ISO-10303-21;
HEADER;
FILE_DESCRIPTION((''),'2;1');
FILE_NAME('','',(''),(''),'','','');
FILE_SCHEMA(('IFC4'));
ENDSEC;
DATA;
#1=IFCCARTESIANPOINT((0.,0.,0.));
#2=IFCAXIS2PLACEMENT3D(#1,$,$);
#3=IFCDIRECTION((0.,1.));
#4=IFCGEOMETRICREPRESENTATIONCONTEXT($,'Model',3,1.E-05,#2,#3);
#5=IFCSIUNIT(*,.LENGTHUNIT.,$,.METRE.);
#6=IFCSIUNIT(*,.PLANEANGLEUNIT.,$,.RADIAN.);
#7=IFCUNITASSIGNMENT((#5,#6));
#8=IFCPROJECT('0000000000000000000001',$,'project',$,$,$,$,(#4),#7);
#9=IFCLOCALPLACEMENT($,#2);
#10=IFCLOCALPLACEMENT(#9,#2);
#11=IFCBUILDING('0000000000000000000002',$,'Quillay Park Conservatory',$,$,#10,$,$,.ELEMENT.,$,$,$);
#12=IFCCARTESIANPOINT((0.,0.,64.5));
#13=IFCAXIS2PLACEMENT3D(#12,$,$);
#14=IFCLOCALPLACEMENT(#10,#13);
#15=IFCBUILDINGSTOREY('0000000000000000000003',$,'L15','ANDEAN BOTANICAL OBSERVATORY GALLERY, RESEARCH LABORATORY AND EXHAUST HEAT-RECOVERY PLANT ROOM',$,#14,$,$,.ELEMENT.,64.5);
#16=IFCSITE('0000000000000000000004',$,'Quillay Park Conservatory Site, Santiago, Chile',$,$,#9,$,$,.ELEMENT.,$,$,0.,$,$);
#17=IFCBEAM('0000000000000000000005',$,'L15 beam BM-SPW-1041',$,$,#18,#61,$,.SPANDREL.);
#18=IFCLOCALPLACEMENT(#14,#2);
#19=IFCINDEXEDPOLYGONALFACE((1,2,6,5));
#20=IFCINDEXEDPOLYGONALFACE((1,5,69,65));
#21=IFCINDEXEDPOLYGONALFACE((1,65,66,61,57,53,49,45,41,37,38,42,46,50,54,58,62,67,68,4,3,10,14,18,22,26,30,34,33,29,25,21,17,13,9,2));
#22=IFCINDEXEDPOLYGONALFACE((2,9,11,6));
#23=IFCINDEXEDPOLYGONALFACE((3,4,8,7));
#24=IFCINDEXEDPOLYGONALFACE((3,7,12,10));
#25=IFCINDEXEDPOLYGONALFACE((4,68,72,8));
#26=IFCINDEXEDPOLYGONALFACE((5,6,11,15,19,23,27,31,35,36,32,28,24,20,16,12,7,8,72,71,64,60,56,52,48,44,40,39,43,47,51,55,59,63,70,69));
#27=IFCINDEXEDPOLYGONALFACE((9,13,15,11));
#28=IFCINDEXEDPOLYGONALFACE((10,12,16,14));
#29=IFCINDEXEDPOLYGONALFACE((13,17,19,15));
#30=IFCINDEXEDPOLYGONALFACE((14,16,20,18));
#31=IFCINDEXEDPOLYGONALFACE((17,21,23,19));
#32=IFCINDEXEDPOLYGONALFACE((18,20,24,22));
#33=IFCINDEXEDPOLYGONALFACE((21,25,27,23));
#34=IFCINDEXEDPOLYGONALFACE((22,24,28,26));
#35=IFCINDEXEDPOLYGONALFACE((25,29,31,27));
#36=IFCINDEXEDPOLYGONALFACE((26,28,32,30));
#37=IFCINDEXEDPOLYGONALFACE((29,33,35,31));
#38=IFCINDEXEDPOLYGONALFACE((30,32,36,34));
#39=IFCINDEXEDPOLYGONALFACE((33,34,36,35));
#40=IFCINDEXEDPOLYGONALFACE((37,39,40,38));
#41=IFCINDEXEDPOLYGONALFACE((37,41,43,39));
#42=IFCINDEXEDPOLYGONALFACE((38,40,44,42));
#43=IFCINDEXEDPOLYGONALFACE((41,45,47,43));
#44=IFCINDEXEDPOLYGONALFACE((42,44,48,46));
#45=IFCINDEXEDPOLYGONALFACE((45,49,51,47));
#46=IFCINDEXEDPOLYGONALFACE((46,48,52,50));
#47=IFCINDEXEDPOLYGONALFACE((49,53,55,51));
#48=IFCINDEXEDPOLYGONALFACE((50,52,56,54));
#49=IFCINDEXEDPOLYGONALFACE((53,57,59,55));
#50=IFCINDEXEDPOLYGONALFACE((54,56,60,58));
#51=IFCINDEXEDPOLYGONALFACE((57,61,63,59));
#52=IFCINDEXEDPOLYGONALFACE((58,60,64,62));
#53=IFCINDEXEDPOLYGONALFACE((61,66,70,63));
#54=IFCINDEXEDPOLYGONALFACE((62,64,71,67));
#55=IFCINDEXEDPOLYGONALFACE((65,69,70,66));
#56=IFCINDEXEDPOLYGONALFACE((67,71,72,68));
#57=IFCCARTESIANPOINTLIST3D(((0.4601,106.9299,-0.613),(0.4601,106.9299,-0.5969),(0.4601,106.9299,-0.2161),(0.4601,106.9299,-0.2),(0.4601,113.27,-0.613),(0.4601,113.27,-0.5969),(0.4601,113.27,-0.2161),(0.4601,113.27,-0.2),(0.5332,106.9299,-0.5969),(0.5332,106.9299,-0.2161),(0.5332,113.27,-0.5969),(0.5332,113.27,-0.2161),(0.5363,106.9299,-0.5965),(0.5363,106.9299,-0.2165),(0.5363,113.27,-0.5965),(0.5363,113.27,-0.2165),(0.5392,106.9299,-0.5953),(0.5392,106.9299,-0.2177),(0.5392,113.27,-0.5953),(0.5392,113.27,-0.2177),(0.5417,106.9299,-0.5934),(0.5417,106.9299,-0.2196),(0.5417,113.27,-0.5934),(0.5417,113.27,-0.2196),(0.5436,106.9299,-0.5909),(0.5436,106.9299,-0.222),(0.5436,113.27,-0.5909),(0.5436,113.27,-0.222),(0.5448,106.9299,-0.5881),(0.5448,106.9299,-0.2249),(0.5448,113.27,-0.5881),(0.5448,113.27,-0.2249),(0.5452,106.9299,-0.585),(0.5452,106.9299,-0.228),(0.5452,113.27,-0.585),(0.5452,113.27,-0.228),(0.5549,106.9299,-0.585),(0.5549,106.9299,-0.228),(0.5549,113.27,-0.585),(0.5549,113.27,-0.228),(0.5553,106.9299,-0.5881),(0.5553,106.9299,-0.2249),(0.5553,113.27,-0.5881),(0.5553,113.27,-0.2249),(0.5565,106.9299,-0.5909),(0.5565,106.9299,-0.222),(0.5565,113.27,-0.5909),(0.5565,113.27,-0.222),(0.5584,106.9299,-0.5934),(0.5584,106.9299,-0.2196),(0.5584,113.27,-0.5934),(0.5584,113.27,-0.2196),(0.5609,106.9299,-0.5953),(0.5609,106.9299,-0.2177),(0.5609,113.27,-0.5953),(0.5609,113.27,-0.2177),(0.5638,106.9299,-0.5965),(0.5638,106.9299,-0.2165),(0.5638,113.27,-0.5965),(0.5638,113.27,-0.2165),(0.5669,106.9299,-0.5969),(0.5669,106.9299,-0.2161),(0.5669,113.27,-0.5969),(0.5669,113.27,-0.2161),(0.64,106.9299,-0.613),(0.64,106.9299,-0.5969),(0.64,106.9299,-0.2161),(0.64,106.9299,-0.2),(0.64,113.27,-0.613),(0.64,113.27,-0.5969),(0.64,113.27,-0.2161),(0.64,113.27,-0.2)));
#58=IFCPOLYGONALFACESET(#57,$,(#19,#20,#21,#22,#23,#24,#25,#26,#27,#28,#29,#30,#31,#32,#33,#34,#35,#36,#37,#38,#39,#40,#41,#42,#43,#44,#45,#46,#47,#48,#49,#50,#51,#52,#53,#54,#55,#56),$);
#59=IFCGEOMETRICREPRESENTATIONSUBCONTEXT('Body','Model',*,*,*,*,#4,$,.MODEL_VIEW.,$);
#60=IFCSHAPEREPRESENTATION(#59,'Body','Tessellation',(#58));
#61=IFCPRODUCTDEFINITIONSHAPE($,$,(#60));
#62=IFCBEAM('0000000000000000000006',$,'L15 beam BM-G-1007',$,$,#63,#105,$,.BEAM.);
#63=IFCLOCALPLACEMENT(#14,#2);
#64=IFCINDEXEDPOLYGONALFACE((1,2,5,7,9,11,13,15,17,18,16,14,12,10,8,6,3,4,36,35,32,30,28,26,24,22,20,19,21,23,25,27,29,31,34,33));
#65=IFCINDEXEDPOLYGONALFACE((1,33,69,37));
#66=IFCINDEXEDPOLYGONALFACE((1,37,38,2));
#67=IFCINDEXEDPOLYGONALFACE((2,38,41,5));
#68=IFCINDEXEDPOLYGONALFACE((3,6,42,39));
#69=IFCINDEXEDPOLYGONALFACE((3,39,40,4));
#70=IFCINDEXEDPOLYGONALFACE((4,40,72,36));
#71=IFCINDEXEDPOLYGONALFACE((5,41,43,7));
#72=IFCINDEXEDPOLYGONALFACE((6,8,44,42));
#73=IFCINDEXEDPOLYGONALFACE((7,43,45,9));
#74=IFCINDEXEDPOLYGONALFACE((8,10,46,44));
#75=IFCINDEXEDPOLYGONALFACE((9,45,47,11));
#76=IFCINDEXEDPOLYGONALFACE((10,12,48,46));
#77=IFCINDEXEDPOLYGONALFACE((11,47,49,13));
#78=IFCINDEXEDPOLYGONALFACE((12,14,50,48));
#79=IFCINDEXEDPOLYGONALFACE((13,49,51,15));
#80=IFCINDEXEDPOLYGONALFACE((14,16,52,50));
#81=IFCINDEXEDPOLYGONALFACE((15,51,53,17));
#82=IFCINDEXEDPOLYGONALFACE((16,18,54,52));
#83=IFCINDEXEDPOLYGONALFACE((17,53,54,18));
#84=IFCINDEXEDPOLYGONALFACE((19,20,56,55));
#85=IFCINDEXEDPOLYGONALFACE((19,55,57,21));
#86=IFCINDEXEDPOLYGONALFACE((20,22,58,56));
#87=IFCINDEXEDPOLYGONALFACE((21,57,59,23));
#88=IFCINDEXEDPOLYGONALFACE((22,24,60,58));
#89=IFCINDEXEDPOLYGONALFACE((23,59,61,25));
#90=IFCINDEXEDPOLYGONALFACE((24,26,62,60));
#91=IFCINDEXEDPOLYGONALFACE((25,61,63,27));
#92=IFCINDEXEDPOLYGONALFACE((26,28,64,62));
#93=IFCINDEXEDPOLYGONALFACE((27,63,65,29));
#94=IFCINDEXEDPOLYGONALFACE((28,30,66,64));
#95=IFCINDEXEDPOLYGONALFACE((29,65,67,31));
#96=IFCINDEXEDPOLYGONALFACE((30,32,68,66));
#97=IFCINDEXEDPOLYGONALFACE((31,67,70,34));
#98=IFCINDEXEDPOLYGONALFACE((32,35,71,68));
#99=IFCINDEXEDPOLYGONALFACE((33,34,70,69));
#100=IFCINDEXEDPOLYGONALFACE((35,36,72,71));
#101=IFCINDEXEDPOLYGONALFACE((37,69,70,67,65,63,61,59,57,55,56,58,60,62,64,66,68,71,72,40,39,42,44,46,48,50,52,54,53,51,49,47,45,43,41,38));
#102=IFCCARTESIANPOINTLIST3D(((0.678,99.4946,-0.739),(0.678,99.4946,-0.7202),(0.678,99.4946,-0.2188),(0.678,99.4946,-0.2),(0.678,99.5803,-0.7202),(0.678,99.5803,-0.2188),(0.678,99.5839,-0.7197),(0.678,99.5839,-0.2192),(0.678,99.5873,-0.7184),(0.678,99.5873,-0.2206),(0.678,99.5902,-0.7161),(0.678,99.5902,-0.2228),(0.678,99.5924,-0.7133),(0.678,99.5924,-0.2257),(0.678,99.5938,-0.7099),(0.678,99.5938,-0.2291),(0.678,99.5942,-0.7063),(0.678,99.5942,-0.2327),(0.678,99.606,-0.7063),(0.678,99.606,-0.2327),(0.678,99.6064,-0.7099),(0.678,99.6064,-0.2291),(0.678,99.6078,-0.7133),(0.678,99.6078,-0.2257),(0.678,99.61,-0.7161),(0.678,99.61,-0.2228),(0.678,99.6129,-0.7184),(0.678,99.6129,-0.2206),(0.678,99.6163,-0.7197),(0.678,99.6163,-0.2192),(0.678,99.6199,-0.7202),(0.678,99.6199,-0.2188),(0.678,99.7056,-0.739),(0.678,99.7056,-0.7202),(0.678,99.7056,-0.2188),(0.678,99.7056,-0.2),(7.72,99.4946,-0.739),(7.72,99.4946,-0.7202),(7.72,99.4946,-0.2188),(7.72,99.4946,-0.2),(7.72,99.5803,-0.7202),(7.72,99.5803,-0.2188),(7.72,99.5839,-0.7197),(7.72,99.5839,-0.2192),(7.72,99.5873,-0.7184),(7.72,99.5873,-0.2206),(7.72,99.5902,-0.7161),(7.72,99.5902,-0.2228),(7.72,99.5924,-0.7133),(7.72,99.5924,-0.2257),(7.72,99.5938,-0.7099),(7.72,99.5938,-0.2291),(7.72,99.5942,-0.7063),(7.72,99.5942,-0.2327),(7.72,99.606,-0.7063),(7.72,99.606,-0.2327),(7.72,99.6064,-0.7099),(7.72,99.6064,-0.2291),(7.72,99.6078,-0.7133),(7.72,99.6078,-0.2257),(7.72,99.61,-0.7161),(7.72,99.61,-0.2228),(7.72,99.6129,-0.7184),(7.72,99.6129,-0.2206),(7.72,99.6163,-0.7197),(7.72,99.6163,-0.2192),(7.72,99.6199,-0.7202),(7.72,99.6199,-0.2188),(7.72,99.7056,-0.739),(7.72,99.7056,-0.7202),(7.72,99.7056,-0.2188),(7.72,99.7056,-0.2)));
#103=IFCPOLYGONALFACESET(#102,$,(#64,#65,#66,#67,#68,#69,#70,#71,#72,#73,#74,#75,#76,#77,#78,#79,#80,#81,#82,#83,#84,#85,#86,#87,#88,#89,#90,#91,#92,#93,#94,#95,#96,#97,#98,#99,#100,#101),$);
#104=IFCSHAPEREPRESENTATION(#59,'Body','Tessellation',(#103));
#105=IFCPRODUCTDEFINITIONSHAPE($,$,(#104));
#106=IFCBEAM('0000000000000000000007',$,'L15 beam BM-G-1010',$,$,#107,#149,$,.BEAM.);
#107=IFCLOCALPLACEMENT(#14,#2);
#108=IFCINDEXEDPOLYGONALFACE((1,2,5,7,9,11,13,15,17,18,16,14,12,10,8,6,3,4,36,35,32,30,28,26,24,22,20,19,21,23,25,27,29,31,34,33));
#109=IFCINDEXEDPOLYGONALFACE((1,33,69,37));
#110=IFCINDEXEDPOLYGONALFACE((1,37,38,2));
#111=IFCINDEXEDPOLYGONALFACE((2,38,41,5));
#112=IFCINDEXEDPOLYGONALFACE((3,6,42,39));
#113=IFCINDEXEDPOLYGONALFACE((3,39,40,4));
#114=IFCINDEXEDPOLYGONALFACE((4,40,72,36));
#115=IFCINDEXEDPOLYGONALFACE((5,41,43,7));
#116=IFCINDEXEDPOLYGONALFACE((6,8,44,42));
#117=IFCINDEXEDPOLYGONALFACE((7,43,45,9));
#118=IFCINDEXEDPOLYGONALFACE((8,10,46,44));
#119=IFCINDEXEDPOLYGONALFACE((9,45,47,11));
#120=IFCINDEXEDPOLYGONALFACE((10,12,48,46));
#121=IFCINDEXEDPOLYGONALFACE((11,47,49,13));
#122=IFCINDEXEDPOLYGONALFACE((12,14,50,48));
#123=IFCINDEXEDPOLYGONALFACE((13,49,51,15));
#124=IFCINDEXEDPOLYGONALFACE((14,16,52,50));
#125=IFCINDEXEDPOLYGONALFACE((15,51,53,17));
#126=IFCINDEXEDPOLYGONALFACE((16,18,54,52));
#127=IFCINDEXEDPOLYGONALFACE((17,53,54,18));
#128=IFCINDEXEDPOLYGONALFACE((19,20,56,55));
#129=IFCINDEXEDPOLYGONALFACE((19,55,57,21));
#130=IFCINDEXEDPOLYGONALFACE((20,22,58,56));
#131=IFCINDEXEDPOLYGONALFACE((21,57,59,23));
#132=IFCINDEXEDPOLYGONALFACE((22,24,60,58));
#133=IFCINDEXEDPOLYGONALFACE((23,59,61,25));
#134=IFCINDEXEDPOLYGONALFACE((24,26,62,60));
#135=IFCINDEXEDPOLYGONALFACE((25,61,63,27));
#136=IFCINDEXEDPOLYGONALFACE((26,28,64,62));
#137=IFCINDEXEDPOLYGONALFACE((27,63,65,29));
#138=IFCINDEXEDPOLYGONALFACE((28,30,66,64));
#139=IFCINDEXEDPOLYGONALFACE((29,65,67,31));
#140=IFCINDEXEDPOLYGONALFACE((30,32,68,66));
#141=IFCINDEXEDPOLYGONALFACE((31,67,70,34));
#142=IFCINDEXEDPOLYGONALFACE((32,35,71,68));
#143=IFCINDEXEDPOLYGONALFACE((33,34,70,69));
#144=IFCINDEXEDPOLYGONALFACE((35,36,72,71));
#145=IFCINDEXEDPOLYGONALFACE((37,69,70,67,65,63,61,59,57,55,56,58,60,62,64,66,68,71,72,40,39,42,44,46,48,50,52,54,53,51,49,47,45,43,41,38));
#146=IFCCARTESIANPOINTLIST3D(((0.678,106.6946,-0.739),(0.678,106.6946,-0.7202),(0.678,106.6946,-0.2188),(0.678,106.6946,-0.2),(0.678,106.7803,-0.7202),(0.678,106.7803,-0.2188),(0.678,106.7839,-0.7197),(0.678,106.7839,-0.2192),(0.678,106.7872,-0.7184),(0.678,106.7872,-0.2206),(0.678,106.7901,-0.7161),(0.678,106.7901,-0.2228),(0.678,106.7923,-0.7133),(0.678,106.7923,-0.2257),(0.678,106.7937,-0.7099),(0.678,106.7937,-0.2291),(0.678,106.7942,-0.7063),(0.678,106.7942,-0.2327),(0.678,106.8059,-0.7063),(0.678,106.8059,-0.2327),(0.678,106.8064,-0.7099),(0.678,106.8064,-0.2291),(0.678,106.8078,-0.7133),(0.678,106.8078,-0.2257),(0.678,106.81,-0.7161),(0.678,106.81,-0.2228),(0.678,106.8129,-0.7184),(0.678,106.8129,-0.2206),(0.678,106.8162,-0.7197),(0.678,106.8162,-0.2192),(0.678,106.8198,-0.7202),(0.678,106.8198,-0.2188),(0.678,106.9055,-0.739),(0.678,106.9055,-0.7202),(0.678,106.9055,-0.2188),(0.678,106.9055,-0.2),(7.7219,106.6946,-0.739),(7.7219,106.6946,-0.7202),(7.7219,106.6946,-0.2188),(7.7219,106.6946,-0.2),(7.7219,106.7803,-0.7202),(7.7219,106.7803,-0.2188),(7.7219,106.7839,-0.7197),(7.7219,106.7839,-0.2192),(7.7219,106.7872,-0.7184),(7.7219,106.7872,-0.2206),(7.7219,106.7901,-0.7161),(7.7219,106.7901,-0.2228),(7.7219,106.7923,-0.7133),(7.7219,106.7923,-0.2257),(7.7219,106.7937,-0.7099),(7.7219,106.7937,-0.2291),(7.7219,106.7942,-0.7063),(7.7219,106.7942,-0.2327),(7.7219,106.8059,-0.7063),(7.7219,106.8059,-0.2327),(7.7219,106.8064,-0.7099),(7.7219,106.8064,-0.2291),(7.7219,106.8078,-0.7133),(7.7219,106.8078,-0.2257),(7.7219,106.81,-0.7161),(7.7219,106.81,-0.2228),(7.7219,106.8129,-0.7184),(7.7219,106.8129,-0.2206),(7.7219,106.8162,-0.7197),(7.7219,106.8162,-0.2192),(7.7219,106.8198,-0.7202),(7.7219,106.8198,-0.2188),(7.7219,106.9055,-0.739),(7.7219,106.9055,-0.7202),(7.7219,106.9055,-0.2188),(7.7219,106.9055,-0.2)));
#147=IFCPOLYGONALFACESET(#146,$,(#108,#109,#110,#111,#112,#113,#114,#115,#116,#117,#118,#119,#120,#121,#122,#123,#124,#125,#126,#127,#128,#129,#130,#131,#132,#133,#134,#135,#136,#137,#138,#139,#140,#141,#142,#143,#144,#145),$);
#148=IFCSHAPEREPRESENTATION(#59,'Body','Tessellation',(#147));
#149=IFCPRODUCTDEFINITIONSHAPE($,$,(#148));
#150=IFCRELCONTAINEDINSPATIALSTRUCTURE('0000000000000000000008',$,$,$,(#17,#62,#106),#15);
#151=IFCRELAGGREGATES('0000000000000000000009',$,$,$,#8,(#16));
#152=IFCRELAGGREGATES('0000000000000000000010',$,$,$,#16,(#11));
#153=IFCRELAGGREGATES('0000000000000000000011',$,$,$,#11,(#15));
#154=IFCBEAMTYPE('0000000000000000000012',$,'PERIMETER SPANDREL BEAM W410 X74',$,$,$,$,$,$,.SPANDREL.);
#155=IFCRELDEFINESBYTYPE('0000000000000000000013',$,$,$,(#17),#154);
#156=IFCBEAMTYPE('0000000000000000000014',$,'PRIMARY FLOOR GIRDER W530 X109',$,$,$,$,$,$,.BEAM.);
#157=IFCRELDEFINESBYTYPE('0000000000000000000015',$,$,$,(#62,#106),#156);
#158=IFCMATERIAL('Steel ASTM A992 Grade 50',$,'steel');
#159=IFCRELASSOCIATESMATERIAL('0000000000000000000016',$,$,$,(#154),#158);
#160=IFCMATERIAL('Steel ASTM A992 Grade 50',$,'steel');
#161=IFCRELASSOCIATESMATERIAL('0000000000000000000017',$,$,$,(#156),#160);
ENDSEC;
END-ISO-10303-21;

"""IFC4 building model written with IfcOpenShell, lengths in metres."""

from ifc_helpers import new_model, si_unit, direction, frame, origin, origin_2d, place, context, subcontext, project, spatial, i_section, extrude, material, material_profile, profile_set, type_object, element, save


model = new_model("IFC4")

# Units and contexts
model_context = context("Model", 3, precision=1e-05, world=origin(), true_north=direction((0.0, 1.0)))
body_context = subcontext(model_context, "Body", "Model", "MODEL_VIEW")
ifc_project = project(units=[si_unit("LENGTHUNIT", "METRE"), si_unit("PLANEANGLEUNIT", "RADIAN")], contexts=[model_context])

# Site, building, storey
site_placement = place(None, origin())
site = spatial("IfcSite", under=ifc_project, at=site_placement, Name="Quillay Park Conservatory Site, Santiago, Chile", CompositionType="ELEMENT", RefElevation=0.0)
building_placement = place(site_placement, origin())
building = spatial("IfcBuilding", under=site, at=building_placement, Name="Quillay Park Conservatory", CompositionType="ELEMENT")
storey_placement = place(building_placement, frame((0.0, 0.0, 64.5)))
storey = spatial("IfcBuildingStorey", under=building, at=storey_placement, Name="L15", Description="ANDEAN BOTANICAL OBSERVATORY GALLERY, RESEARCH LABORATORY AND EXHAUST HEAT-RECOVERY PLANT ROOM", CompositionType="ELEMENT", Elevation=64.5)

# Beams
ifc_material_1 = material(Name="Steel ASTM A992 Grade 50", Category="steel")
ifc_material_profile_1 = material_profile(ifc_material_1, i_section(OverallWidth=0.1799, OverallDepth=0.4131, WebThickness=0.0098, FlangeThickness=0.0161, FilletRadius=0.012, at=origin_2d()), Name="W410x74")
ifc_profile_set_1 = profile_set([ifc_material_profile_1], Name="Steel ASTM A992 Grade 50")
beam_type_1 = type_object("IfcBeamType", Name="PERIMETER SPANDREL BEAM W410 X74", PredefinedType="SPANDREL", material=ifc_profile_set_1)
beam_1_placement = place(storey_placement, frame((0.55, 106.9299, -0.4065), z_axis=(0.0, 1.0, 0.0), x_axis=(-1.0, 0.0, 0.0)))
element("IfcBeam", 1, at=beam_1_placement, inside=storey, type_object=beam_type_1, Name="L15 beam BM-SPW-1041", PredefinedType="SPANDREL", context=body_context, shape_type="SweptSolid", body=[
    extrude(i_section(OverallWidth=0.1799, OverallDepth=0.4131, WebThickness=0.0098, FlangeThickness=0.0161, FilletRadius=0.012, at=origin_2d()), origin(), (0.0, 0.0, 1.0), 6.3401),
])
ifc_material_2 = material(Name="Steel ASTM A992 Grade 50", Category="steel")
ifc_material_profile_2 = material_profile(ifc_material_2, i_section(OverallWidth=0.2109, OverallDepth=0.5391, WebThickness=0.0117, FlangeThickness=0.0188, FilletRadius=0.0139, at=origin_2d()), Name="W530x109")
ifc_profile_set_2 = profile_set([ifc_material_profile_2], Name="Steel ASTM A992 Grade 50")
beam_type_2 = type_object("IfcBeamType", Name="PRIMARY FLOOR GIRDER W530 X109", PredefinedType="BEAM", material=ifc_profile_set_2)
beam_2_placement = place(storey_placement, frame((0.678, 99.6001, -0.4695), z_axis=(1.0, 0.0, 0.0), x_axis=(0.0, 1.0, 0.0)))
element("IfcBeam", 2, at=beam_2_placement, inside=storey, type_object=beam_type_2, Name="L15 beam BM-G-1007", PredefinedType="BEAM", context=body_context, shape_type="SweptSolid", body=[
    extrude(i_section(OverallWidth=0.2109, OverallDepth=0.5391, WebThickness=0.0117, FlangeThickness=0.0188, FilletRadius=0.0139, at=origin_2d()), origin(), (0.0, 0.0, 1.0), 7.042),
])
beam_3_placement = place(storey_placement, frame((0.678, 106.8, -0.4695), z_axis=(1.0, 0.0, 0.0), x_axis=(0.0, 1.0, 0.0)))
element("IfcBeam", 3, at=beam_3_placement, inside=storey, type_object=beam_type_2, Name="L15 beam BM-G-1010", PredefinedType="BEAM", context=body_context, shape_type="SweptSolid", body=[
    extrude(i_section(OverallWidth=0.2109, OverallDepth=0.5391, WebThickness=0.0117, FlangeThickness=0.0188, FilletRadius=0.0139, at=origin_2d()), origin(), (0.0, 0.0, 1.0), 7.0439),
])

save(model, "model.ifc")
